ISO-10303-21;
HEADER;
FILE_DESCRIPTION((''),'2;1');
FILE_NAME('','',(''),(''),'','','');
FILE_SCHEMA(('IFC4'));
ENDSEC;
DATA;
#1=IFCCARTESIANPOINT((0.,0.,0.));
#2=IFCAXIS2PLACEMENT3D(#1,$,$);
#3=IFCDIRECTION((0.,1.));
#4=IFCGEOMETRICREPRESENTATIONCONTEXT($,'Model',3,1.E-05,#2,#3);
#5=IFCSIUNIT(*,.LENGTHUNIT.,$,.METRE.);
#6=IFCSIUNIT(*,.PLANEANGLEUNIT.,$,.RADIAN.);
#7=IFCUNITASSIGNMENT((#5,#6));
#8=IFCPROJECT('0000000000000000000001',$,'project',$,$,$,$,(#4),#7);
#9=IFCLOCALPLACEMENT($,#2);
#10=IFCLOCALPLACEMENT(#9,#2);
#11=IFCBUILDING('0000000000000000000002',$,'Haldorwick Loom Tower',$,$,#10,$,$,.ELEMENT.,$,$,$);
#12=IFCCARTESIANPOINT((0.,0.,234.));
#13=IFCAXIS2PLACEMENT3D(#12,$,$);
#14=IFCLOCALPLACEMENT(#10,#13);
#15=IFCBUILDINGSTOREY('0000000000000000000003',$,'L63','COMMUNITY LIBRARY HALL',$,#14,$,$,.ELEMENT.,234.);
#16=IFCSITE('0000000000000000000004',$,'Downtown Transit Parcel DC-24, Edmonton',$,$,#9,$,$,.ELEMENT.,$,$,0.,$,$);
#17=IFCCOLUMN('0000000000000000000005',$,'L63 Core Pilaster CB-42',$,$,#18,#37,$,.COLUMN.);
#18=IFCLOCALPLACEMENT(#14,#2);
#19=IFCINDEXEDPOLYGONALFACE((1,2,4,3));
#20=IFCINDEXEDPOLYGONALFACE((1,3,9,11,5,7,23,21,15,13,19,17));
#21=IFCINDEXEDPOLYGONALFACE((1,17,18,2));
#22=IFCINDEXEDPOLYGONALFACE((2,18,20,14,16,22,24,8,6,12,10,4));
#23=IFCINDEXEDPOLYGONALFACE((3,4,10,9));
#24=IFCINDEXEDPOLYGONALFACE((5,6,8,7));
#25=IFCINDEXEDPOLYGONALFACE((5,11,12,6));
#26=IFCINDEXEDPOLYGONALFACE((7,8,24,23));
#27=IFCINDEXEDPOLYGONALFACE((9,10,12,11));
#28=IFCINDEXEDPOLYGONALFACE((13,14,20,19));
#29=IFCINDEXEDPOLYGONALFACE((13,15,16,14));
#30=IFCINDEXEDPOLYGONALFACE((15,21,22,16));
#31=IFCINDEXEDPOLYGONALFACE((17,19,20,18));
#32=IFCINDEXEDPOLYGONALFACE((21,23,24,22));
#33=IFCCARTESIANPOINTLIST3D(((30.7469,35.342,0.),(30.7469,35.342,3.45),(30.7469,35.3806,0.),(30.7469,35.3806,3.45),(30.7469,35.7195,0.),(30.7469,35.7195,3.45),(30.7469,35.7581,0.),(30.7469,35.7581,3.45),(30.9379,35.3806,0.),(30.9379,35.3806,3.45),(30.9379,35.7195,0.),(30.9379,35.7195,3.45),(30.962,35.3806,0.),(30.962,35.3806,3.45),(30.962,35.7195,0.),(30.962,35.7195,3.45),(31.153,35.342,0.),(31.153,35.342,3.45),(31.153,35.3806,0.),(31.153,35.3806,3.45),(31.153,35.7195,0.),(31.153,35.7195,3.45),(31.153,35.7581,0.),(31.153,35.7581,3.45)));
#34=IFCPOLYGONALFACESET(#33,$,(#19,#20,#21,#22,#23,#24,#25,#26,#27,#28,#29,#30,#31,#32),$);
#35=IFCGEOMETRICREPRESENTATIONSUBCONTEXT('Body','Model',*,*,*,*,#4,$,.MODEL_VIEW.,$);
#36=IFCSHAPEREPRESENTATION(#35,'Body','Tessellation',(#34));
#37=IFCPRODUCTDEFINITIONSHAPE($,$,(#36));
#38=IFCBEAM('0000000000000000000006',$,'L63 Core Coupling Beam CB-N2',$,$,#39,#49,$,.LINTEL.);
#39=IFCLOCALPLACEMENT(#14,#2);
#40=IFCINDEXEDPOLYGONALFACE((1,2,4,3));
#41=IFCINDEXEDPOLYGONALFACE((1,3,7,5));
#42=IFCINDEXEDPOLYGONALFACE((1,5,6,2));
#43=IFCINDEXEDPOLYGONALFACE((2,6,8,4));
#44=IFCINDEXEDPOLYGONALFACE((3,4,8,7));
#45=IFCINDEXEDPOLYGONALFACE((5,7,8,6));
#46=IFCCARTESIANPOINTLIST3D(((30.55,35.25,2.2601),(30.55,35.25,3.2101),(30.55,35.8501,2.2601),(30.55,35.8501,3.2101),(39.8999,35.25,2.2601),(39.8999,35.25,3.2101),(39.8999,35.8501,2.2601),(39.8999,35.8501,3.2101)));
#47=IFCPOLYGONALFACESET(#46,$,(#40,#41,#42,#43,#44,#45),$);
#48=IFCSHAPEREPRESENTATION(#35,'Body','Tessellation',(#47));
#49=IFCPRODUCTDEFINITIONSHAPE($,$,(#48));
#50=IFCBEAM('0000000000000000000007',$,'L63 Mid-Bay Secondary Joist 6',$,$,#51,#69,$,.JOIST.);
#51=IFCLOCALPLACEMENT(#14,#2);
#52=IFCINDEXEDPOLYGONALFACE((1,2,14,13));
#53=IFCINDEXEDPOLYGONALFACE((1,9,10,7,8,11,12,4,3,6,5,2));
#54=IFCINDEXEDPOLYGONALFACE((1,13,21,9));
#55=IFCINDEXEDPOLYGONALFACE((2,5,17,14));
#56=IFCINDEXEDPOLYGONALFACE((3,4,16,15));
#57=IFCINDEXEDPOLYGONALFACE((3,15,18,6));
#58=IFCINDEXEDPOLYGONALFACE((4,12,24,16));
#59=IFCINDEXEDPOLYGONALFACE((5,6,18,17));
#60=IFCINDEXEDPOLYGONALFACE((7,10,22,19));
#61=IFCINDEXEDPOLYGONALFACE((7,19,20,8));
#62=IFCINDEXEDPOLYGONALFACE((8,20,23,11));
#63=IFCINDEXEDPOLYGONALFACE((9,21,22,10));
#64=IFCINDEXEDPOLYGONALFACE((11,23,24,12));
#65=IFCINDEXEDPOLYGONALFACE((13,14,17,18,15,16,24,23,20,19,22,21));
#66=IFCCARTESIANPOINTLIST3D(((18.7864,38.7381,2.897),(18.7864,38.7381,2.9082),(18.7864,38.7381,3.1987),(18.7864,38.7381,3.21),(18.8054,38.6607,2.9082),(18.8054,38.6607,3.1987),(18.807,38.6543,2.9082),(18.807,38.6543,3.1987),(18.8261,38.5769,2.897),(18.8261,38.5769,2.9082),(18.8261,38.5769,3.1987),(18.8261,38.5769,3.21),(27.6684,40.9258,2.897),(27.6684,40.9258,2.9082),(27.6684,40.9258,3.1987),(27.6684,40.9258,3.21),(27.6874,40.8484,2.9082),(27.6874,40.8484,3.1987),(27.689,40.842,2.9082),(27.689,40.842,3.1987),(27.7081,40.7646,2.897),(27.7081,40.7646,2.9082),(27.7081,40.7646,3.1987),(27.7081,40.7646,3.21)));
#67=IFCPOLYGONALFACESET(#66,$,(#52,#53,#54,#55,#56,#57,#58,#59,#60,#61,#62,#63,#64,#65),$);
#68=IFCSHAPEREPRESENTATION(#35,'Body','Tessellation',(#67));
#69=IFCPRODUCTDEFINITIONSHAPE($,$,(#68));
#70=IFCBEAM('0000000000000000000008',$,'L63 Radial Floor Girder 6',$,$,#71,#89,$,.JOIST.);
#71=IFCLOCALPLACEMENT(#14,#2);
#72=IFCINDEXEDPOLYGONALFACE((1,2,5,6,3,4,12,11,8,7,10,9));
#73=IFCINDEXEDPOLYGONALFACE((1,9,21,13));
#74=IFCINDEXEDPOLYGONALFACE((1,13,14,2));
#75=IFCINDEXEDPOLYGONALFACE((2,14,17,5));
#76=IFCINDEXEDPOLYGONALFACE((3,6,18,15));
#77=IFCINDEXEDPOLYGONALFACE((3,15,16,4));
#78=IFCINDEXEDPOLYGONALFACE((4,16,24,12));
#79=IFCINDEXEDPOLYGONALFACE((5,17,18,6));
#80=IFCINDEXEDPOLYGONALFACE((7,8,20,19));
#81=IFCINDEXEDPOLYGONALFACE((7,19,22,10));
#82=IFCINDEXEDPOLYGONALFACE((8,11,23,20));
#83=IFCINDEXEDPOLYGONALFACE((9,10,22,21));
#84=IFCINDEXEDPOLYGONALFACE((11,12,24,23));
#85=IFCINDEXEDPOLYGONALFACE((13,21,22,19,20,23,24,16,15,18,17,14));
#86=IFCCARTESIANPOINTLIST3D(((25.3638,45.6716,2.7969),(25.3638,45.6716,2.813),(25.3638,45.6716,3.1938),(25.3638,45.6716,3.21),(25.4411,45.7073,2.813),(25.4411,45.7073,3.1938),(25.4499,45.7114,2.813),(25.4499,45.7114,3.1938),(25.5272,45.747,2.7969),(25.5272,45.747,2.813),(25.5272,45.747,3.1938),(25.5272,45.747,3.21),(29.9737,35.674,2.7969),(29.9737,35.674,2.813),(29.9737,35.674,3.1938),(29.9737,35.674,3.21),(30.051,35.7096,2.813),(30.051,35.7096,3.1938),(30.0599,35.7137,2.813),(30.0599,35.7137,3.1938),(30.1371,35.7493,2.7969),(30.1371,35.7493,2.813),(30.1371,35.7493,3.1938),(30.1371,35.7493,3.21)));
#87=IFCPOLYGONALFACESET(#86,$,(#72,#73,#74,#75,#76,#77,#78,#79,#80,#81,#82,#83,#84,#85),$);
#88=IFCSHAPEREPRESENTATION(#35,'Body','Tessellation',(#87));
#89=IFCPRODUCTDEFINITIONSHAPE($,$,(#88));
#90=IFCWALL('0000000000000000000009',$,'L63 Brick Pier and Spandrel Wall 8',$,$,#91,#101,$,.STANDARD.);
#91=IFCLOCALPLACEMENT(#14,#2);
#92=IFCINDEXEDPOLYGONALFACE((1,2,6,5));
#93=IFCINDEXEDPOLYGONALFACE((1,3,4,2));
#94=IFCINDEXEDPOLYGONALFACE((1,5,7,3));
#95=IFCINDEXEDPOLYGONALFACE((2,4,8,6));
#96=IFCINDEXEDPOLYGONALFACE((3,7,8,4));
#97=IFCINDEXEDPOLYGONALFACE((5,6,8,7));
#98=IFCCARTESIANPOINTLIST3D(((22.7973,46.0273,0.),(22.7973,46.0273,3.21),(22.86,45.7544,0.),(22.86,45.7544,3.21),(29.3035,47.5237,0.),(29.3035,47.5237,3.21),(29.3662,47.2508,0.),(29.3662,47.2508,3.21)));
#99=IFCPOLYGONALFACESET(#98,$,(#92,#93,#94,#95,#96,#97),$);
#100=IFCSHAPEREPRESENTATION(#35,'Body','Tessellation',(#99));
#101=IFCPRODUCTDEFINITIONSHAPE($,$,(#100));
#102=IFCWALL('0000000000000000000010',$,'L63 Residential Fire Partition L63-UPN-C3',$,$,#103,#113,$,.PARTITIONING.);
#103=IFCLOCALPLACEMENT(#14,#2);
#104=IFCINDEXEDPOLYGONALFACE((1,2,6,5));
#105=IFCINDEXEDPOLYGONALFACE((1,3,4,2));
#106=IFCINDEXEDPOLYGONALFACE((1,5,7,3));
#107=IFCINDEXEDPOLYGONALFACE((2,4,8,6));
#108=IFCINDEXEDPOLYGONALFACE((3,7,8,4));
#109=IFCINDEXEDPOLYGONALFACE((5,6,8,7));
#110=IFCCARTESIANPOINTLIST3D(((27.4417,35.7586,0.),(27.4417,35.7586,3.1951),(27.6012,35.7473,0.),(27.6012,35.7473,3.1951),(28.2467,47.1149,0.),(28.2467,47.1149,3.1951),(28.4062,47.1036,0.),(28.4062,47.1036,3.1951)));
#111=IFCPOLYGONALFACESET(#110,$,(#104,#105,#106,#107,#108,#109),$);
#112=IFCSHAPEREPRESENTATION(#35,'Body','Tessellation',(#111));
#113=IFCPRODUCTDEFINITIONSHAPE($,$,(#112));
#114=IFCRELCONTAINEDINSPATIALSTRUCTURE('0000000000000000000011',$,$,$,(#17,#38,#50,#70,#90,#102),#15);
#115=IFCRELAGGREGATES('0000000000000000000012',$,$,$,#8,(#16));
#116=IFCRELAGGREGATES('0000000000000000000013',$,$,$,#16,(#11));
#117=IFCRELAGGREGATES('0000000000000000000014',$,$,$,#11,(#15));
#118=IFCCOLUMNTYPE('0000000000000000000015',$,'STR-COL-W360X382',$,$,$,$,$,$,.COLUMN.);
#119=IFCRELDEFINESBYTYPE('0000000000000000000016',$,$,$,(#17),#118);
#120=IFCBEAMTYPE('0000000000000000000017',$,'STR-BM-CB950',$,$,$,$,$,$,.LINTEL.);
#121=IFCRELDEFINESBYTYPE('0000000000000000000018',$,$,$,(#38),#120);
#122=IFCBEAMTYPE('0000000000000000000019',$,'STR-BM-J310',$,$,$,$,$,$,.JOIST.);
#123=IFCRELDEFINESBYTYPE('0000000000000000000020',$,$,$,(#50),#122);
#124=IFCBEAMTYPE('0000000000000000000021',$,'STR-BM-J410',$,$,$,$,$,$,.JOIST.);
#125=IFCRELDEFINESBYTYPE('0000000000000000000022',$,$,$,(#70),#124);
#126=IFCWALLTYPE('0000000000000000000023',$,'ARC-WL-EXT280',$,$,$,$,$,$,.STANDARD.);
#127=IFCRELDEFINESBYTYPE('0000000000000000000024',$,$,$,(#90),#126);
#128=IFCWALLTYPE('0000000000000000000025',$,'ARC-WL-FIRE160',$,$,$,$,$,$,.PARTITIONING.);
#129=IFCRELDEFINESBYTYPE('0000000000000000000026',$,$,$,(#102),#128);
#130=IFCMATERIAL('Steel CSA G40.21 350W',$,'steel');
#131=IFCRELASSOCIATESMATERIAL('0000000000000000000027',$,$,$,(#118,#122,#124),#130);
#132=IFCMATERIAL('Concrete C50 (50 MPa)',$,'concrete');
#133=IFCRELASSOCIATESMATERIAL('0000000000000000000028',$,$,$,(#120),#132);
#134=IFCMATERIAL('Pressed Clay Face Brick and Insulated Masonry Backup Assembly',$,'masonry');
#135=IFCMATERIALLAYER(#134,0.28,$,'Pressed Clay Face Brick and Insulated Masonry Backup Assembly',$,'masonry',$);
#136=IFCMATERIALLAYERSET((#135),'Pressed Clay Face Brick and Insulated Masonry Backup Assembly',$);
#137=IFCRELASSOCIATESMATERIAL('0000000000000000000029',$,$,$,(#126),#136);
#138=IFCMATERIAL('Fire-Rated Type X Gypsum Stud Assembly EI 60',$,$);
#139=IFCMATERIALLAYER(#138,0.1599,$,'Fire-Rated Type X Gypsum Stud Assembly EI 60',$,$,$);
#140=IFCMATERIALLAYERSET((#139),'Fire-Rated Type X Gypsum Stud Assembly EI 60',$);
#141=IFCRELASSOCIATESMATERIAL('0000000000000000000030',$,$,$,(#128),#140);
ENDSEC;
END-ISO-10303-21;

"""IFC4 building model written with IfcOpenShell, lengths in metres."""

from ifc_helpers import new_model, si_unit, direction, frame, frame_2d, origin, origin_2d, place, context, subcontext, project, spatial, rectangle, i_section, extrude, material, layer, layer_set, material_profile, profile_set, type_object, element, save


model = new_model("IFC4")

# Units and contexts
model_context = context("Model", 3, precision=1e-05, world=origin(), true_north=direction((0.0, 1.0)))
body_context = subcontext(model_context, "Body", "Model", "MODEL_VIEW")
ifc_project = project(units=[si_unit("LENGTHUNIT", "METRE"), si_unit("PLANEANGLEUNIT", "RADIAN")], contexts=[model_context])

# Site, building, storey
site_placement = place(None, origin())
site = spatial("IfcSite", under=ifc_project, at=site_placement, Name="Downtown Transit Parcel DC-24, Edmonton", CompositionType="ELEMENT", RefElevation=0.0)
building_placement = place(site_placement, origin())
building = spatial("IfcBuilding", under=site, at=building_placement, Name="Haldorwick Loom Tower", CompositionType="ELEMENT")
storey_placement = place(building_placement, frame((0.0, 0.0, 234.0)))
storey = spatial("IfcBuildingStorey", under=building, at=storey_placement, Name="L63", Description="COMMUNITY LIBRARY HALL", CompositionType="ELEMENT", Elevation=234.0)

# Column
ifc_material_1 = material(Name="Steel CSA G40.21 350W", Category="steel")
ifc_material_profile_1 = material_profile(ifc_material_1, i_section(OverallWidth=0.406, OverallDepth=0.416, WebThickness=0.0242, FlangeThickness=0.0386, at=origin_2d()), Name="W360X382", Category="steel")
ifc_profile_set_1 = profile_set([ifc_material_profile_1], Name="Steel CSA G40.21 350W")
column_type_1 = type_object("IfcColumnType", Name="STR-COL-W360X382", PredefinedType="COLUMN", material=ifc_profile_set_1)
for number, where, z_axis, x_axis, name in (
    (1, (30.95, 35.55, 0.0), (0.0, 0.0, 1.0), (1.0, 0.0, 0.0), "L63 Core Pilaster CB-42"),
):
    element("IfcColumn", number, at=place(storey_placement, frame(where, z_axis=z_axis, x_axis=x_axis)), inside=storey, type_object=column_type_1, Name=name, PredefinedType="COLUMN", context=body_context, shape_type="SweptSolid", body=[
        extrude(i_section(OverallWidth=0.406, OverallDepth=0.416, WebThickness=0.0242, FlangeThickness=0.0386, at=origin_2d()), origin(), (0.0, 0.0, 1.0), 3.45),
    ])

# Beams
ifc_material_2 = material(Name="Concrete C50 (50 MPa)", Category="concrete")
ifc_material_profile_2 = material_profile(ifc_material_2, rectangle(XDim=0.6001, YDim=0.95, at=origin_2d()), Name="RC600X950", Category="concrete")
ifc_profile_set_2 = profile_set([ifc_material_profile_2], Name="Concrete C50 (50 MPa)")
beam_type_1 = type_object("IfcBeamType", Name="STR-BM-CB950", PredefinedType="LINTEL", material=ifc_profile_set_2)
beam_1_placement = place(storey_placement, frame((30.55, 35.55, 2.7351), z_axis=(1.0, 0.0, 0.0), x_axis=(0.0, 1.0, 0.0)))
element("IfcBeam", 2, at=beam_1_placement, inside=storey, type_object=beam_type_1, Name="L63 Core Coupling Beam CB-N2", PredefinedType="LINTEL", context=body_context, shape_type="SweptSolid", body=[
    extrude(rectangle(XDim=0.6001, YDim=0.95, at=origin_2d()), origin(), (0.0, 0.0, 1.0), 9.3499),
])
ifc_material_profile_3 = material_profile(ifc_material_1, i_section(OverallWidth=0.166, OverallDepth=0.313, WebThickness=0.0066, FlangeThickness=0.0112, at=origin_2d()), Name="W310X45", Category="steel")
ifc_profile_set_3 = profile_set([ifc_material_profile_3], Name="Steel CSA G40.21 350W")
beam_type_2 = type_object("IfcBeamType", Name="STR-BM-J310", PredefinedType="JOIST", material=ifc_profile_set_3)
beam_2_placement = place(storey_placement, frame((27.6882, 40.8452, 3.0535), z_axis=(-0.97098, -0.239162, 0.0), x_axis=(0.239162, -0.97098, 0.0)))
element("IfcBeam", 3, at=beam_2_placement, inside=storey, type_object=beam_type_2, Name="L63 Mid-Bay Secondary Joist 6", PredefinedType="JOIST", context=body_context, shape_type="SweptSolid", body=[
    extrude(i_section(OverallWidth=0.166, OverallDepth=0.313, WebThickness=0.0066, FlangeThickness=0.0112, at=origin_2d()), origin(), (0.0, 0.0, 1.0), 9.1475),
])
ifc_material_profile_4 = material_profile(ifc_material_1, i_section(OverallWidth=0.1799, OverallDepth=0.4131, WebThickness=0.0098, FlangeThickness=0.0161, at=origin_2d()), Name="W410X74", Category="steel")
ifc_profile_set_4 = profile_set([ifc_material_profile_4], Name="Steel CSA G40.21 350W")
beam_type_3 = type_object("IfcBeamType", Name="STR-BM-J410", PredefinedType="JOIST", material=ifc_profile_set_4)
beam_3_placement = place(storey_placement, frame((30.0554, 35.7117, 3.0034), z_axis=(-0.418729, 0.908111, 0.0), x_axis=(-0.908111, -0.418729, 0.0)))
element("IfcBeam", 4, at=beam_3_placement, inside=storey, type_object=beam_type_3, Name="L63 Radial Floor Girder 6", PredefinedType="JOIST", context=body_context, shape_type="SweptSolid", body=[
    extrude(i_section(OverallWidth=0.1799, OverallDepth=0.4131, WebThickness=0.0098, FlangeThickness=0.0161, at=origin_2d()), origin(), (0.0, 0.0, 1.0), 11.0093),
])

# Walls
ifc_material_3 = material(Name="Pressed Clay Face Brick and Insulated Masonry Backup Assembly", Category="masonry")
ifc_layer_1 = layer(ifc_material_3, 0.28, Name="Pressed Clay Face Brick and Insulated Masonry Backup Assembly", Category="masonry")
ifc_layer_set_1 = layer_set([ifc_layer_1], Name="Pressed Clay Face Brick and Insulated Masonry Backup Assembly")
wall_type_1 = type_object("IfcWallType", Name="ARC-WL-EXT280", PredefinedType="STANDARD", material=ifc_layer_set_1)
wall_1_placement = place(storey_placement, frame((29.3347, 47.3872, 0.0), z_axis=(0.0, 0.0, 1.0), x_axis=(-0.974557, -0.224138, 0.0)))
element("IfcWall", 5, at=wall_1_placement, inside=storey, type_object=wall_type_1, Name="L63 Brick Pier and Spandrel Wall 8", PredefinedType="STANDARD", context=body_context, shape_type="SweptSolid", body=[
    extrude(rectangle(XDim=6.676, YDim=0.28, at=frame_2d((3.3379, 0.0))), origin(), (0.0, 0.0, 1.0), 3.21),
])
ifc_material_4 = material(Name="Fire-Rated Type X Gypsum Stud Assembly EI 60")
ifc_layer_2 = layer(ifc_material_4, 0.1599, Name="Fire-Rated Type X Gypsum Stud Assembly EI 60")
ifc_layer_set_2 = layer_set([ifc_layer_2], Name="Fire-Rated Type X Gypsum Stud Assembly EI 60")
wall_type_2 = type_object("IfcWallType", Name="ARC-WL-FIRE160", PredefinedType="PARTITIONING", material=ifc_layer_set_2)
wall_2_placement = place(storey_placement, frame((27.5215, 35.7529, 0.0), z_axis=(0.0, 0.0, 1.0), x_axis=(0.070703, 0.997497, 0.0)))
element("IfcWall", 6, at=wall_2_placement, inside=storey, type_object=wall_type_2, Name="L63 Residential Fire Partition L63-UPN-C3", PredefinedType="PARTITIONING", context=body_context, shape_type="SweptSolid", body=[
    extrude(rectangle(XDim=11.3848, YDim=0.1599, at=frame_2d((5.6924, 0.0))), origin(), (0.0, 0.0, 1.0), 3.1951),
])

save(model, "model.ifc")
